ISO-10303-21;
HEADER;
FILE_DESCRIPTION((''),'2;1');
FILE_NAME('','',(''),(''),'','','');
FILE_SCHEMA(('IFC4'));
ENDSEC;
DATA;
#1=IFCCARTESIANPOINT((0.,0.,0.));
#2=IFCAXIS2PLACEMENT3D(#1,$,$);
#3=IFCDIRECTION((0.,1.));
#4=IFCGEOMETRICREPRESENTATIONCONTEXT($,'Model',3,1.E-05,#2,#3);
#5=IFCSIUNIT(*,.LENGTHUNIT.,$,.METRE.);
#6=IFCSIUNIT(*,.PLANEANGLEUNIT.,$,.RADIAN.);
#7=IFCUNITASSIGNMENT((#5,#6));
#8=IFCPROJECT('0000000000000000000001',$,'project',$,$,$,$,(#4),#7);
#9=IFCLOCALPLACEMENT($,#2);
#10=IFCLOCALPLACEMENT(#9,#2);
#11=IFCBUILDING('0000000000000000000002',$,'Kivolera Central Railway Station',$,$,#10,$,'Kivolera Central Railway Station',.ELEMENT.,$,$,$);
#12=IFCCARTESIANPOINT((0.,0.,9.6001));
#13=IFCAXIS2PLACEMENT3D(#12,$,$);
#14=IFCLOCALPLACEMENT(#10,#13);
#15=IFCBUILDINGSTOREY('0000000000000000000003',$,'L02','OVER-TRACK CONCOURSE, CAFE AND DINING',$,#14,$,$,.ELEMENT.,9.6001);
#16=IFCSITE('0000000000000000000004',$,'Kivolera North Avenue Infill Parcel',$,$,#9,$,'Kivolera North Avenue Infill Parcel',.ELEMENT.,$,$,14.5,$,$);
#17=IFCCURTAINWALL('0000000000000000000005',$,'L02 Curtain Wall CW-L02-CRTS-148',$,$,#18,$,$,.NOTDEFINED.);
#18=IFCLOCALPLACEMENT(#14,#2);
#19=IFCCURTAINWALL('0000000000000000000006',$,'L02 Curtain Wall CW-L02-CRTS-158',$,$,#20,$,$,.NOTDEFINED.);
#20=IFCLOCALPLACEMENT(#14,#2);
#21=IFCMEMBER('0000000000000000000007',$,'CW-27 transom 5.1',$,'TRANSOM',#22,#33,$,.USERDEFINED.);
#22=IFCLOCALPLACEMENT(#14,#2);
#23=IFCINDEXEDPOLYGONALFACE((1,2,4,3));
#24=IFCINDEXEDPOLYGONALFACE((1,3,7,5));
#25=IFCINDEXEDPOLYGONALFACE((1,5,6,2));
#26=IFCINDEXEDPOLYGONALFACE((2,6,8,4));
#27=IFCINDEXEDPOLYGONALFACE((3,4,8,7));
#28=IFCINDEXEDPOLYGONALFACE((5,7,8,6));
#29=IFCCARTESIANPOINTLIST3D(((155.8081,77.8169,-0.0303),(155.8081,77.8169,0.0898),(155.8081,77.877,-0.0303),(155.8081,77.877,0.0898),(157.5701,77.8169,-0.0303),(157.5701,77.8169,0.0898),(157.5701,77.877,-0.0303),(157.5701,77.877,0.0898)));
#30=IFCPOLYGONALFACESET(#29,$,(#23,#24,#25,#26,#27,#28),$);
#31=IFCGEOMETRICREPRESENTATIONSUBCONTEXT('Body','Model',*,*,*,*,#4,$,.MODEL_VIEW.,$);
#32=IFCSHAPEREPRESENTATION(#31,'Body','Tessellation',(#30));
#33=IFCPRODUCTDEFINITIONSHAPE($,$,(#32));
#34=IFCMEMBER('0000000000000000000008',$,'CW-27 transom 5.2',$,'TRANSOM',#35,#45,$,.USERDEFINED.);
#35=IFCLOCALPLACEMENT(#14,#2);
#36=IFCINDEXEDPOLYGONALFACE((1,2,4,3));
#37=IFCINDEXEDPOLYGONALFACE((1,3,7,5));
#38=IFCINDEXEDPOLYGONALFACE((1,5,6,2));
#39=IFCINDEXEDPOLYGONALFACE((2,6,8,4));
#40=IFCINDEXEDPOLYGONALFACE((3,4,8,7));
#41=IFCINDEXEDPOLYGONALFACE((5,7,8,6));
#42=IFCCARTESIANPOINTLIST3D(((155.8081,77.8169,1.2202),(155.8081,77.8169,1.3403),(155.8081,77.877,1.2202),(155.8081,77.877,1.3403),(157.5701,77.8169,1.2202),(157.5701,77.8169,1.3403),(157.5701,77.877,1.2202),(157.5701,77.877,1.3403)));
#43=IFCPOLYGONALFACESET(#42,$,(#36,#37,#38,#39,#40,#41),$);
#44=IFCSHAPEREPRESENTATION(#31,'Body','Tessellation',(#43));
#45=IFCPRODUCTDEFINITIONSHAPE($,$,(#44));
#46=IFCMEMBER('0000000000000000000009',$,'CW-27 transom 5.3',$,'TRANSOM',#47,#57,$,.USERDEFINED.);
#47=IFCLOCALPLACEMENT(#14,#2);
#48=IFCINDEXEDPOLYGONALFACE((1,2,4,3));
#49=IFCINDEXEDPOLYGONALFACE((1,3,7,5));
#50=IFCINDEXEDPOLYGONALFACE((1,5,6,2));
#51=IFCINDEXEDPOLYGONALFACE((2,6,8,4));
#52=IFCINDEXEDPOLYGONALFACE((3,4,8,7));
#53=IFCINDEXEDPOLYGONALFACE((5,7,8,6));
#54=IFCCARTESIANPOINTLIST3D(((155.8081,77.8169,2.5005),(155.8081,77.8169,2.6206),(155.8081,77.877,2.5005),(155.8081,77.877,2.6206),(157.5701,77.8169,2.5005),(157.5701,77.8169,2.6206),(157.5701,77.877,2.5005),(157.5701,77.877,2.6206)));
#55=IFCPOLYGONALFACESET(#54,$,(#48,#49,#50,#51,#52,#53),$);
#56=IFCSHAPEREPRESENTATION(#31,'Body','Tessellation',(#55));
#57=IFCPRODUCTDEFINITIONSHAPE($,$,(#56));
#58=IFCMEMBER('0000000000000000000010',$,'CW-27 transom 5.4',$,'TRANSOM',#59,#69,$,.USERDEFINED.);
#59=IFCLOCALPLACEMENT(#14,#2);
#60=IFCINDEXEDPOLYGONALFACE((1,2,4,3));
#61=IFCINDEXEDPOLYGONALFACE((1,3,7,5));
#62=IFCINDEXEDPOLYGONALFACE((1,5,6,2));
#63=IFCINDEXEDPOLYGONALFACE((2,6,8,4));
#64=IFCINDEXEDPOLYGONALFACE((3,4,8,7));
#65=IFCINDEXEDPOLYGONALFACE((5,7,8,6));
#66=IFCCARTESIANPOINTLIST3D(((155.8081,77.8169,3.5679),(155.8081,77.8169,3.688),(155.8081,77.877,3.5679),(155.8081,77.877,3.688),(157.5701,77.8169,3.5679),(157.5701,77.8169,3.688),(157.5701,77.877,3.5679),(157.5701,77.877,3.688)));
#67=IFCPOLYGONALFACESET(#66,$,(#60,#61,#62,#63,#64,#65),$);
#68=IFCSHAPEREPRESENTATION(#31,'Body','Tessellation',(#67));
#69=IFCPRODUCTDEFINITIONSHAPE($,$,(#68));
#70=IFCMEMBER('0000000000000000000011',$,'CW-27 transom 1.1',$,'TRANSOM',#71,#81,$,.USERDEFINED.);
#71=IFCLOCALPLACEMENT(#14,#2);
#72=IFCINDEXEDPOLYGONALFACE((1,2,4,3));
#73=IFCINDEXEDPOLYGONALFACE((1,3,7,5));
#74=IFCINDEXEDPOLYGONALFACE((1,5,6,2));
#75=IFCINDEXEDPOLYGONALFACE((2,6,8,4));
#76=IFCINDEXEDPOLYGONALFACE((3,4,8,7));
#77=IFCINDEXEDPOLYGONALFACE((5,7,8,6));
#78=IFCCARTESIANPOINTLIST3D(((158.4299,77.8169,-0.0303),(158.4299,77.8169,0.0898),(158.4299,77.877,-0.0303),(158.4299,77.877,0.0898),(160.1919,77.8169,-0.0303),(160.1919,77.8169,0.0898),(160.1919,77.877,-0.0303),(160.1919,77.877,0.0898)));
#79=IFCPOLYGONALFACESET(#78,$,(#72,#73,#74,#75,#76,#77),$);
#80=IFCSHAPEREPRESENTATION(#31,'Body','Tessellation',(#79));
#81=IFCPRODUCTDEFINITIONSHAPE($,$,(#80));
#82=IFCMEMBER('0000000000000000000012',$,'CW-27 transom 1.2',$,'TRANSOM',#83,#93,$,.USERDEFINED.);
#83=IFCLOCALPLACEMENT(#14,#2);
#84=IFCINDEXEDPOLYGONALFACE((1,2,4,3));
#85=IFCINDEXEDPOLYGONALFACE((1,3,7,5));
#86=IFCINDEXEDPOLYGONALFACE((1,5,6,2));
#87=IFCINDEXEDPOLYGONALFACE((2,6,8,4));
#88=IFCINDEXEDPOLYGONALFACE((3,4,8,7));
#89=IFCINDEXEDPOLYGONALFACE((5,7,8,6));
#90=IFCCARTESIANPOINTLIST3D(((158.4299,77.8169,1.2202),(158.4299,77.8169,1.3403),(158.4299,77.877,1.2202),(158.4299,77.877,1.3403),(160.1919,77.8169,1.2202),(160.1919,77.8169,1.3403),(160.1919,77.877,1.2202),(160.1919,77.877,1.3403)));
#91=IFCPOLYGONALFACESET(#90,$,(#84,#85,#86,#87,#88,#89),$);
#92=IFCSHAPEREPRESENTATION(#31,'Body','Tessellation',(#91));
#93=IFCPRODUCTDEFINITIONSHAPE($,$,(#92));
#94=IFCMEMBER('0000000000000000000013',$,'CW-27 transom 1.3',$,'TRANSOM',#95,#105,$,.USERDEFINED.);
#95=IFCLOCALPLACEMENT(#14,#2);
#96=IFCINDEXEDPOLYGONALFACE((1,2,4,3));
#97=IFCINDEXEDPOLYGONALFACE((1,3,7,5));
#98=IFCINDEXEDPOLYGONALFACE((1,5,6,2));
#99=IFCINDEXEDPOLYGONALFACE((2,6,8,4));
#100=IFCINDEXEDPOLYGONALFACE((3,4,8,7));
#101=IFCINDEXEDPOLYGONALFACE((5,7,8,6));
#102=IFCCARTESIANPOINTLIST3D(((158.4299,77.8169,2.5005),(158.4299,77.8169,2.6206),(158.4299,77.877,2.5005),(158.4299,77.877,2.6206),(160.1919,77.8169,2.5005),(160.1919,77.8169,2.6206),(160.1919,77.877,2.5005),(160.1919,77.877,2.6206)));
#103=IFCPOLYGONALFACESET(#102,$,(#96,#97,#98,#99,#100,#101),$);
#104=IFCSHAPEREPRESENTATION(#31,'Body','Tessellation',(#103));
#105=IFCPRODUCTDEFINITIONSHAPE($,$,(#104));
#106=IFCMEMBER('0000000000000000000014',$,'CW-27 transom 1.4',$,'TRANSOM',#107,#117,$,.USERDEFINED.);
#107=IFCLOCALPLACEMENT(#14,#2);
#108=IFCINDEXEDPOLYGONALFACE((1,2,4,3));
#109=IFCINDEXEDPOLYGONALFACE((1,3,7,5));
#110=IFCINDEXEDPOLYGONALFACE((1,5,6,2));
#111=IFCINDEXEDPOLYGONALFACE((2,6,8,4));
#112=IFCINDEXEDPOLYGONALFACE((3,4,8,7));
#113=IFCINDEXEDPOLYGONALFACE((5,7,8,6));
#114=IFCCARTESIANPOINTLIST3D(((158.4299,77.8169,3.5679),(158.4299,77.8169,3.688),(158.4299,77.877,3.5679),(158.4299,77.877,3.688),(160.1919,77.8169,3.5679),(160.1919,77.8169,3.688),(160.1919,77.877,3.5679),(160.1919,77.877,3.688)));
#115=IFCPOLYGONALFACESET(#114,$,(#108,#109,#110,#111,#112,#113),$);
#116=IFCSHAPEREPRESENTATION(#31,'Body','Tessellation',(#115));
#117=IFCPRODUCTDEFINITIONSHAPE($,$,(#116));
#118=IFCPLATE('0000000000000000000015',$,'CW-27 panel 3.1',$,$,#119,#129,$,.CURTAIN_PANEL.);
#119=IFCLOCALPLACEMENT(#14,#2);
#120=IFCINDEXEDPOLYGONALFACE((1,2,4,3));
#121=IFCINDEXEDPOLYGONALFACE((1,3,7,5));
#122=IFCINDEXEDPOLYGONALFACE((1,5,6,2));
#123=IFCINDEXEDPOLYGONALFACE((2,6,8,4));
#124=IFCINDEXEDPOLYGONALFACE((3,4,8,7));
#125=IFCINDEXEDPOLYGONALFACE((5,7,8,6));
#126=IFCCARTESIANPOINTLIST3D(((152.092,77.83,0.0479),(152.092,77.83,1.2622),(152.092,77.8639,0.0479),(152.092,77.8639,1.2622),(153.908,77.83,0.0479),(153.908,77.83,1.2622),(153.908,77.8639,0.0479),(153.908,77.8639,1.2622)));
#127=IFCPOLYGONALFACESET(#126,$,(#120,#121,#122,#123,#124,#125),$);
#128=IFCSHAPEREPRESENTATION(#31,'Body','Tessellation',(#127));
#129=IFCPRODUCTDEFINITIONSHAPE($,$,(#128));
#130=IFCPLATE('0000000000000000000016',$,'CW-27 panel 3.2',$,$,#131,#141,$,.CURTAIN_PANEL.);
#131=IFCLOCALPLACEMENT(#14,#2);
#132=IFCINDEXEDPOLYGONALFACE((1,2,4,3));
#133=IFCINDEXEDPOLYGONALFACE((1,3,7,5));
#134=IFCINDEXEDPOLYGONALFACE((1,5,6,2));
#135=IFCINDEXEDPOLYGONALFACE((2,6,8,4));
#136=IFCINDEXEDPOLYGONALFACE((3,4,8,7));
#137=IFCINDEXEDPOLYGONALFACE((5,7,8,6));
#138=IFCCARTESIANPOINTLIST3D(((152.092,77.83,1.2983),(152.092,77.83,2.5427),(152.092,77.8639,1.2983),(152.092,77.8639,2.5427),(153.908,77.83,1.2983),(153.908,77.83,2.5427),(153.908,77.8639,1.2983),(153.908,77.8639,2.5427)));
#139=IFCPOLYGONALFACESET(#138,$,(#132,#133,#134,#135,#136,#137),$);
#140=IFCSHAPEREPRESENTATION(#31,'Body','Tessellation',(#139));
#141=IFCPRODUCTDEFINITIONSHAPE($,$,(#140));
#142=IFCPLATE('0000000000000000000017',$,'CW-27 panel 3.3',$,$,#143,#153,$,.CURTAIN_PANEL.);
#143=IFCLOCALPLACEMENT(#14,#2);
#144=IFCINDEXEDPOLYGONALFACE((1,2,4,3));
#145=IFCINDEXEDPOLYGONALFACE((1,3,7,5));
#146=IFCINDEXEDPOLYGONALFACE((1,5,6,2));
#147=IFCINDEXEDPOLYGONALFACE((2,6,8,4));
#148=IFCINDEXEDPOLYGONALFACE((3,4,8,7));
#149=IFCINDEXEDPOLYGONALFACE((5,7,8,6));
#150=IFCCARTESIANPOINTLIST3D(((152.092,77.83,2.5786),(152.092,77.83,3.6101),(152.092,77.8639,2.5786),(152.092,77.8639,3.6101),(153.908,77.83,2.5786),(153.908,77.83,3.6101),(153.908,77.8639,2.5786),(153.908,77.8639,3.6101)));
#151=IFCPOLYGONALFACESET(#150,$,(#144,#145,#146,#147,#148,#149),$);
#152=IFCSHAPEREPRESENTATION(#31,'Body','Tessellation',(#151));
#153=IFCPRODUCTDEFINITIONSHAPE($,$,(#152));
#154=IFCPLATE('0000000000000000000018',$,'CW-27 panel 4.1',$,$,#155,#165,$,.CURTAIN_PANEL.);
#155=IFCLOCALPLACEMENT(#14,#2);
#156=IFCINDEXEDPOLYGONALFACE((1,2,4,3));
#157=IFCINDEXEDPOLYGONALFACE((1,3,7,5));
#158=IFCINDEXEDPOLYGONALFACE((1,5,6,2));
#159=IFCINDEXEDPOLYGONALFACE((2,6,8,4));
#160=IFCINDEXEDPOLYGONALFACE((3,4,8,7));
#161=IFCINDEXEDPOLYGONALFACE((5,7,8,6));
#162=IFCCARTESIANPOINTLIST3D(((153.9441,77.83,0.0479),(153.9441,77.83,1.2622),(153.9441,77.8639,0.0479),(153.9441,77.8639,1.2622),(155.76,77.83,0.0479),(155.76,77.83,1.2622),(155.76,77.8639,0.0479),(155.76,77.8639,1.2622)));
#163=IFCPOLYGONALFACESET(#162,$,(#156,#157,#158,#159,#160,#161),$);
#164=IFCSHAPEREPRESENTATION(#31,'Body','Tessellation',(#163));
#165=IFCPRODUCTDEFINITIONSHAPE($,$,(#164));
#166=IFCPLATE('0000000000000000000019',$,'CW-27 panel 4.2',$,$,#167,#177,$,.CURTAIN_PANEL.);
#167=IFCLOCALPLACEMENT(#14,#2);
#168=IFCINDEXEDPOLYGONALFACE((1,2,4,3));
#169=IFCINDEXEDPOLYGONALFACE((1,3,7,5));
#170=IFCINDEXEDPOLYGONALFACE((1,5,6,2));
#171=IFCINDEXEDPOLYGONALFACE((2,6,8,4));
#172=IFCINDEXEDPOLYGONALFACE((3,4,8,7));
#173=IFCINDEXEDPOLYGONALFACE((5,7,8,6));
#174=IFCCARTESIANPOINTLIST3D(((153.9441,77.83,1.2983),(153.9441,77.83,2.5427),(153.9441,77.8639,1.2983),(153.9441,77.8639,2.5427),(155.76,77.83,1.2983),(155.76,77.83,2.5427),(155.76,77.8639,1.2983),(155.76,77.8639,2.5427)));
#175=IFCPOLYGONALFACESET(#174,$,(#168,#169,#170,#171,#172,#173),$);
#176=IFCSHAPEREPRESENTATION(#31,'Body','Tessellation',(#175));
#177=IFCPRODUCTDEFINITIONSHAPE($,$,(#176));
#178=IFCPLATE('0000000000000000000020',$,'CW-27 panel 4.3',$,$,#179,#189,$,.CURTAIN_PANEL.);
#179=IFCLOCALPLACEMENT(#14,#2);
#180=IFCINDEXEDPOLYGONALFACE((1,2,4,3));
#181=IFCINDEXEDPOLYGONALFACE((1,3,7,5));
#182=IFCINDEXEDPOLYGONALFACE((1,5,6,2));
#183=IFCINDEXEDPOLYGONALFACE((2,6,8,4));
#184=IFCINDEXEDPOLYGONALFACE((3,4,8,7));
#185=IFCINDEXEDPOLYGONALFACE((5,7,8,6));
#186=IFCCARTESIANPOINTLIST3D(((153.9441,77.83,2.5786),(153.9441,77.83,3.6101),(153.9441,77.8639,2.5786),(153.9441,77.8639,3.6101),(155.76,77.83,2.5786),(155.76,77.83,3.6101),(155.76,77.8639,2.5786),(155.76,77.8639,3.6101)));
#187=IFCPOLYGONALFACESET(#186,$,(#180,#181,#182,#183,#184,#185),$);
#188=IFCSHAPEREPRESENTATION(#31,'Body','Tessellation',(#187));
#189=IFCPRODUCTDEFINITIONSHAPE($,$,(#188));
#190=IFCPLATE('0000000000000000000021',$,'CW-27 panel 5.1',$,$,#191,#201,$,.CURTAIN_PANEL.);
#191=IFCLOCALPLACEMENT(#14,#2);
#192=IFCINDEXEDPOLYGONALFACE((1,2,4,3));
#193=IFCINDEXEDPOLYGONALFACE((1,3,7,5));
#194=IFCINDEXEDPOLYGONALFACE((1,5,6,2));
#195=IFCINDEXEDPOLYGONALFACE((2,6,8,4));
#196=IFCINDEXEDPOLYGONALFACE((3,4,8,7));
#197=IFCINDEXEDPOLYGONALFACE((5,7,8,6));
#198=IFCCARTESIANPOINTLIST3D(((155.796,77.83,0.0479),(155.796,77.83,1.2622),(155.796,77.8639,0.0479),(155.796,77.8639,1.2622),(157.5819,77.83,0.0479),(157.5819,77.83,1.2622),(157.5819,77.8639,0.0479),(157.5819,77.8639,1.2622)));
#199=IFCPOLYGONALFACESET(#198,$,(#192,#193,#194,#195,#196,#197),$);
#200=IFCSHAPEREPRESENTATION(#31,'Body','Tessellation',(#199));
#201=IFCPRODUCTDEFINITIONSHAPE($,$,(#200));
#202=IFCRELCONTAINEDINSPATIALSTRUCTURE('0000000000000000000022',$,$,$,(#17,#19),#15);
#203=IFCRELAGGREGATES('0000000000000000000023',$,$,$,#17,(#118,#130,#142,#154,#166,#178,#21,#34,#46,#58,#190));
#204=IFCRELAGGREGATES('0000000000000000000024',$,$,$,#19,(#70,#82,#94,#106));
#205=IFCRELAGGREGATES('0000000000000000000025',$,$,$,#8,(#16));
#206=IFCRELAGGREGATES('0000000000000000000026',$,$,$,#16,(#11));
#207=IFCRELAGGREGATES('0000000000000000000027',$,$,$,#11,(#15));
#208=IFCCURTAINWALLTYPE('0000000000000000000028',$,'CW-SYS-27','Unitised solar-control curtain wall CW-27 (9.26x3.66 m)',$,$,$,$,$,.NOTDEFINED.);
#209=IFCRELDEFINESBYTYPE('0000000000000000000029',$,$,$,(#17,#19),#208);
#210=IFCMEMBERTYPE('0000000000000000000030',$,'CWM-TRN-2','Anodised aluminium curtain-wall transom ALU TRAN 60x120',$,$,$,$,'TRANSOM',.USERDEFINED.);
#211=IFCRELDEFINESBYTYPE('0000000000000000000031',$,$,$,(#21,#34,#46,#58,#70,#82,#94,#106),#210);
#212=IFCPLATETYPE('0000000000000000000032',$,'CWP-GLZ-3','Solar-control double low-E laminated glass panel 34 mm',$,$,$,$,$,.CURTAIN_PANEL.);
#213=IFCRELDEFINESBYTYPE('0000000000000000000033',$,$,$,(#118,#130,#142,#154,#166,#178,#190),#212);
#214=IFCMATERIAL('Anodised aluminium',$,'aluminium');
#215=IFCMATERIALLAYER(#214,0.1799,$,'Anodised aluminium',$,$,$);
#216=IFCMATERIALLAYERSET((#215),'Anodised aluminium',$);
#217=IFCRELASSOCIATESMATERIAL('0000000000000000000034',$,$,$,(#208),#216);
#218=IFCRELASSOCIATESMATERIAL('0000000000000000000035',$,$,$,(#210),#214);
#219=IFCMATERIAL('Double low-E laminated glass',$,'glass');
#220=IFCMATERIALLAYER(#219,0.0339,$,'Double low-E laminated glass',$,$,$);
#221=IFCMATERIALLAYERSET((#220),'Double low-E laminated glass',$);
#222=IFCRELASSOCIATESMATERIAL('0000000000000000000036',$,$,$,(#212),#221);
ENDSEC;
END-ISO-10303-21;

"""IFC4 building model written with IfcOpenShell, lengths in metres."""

from ifc_helpers import new_model, si_unit, direction, frame, origin, origin_2d, place, context, subcontext, project, spatial, rectangle, extrude, material, layer, layer_set, material_profile, profile_set, type_object, element, aggregate, save


model = new_model("IFC4")

# Units and contexts
model_context = context("Model", 3, precision=1e-05, world=origin(), true_north=direction((0.0, 1.0)))
body_context = subcontext(model_context, "Body", "Model", "MODEL_VIEW")
ifc_project = project(units=[si_unit("LENGTHUNIT", "METRE"), si_unit("PLANEANGLEUNIT", "RADIAN")], contexts=[model_context])

# Site, building, storey
site_placement = place(None, origin())
site = spatial("IfcSite", under=ifc_project, at=site_placement, Name="Kivolera North Avenue Infill Parcel", LongName="Kivolera North Avenue Infill Parcel", CompositionType="ELEMENT", RefElevation=14.5)
building_placement = place(site_placement, origin())
building = spatial("IfcBuilding", under=site, at=building_placement, Name="Kivolera Central Railway Station", LongName="Kivolera Central Railway Station", CompositionType="ELEMENT")
storey_placement = place(building_placement, frame((0.0, 0.0, 9.6001)))
storey = spatial("IfcBuildingStorey", under=building, at=storey_placement, Name="L02", Description="OVER-TRACK CONCOURSE, CAFE AND DINING", CompositionType="ELEMENT", Elevation=9.6001)

# Curtain wall
ifc_material_1 = material(Name="Anodised aluminium", Category="aluminium")
ifc_layer_1 = layer(ifc_material_1, 0.1799, Name="Anodised aluminium")
ifc_layer_set_1 = layer_set([ifc_layer_1], Name="Anodised aluminium")
curtain_wall_type = type_object("IfcCurtainWallType", Name="CW-SYS-27", Description="Unitised solar-control curtain wall CW-27 (9.26x3.66 m)", PredefinedType="NOTDEFINED", material=ifc_layer_set_1)
curtain_wall_1_placement = place(storey_placement, origin())
curtain_wall_1 = element("IfcCurtainWall", 1, at=curtain_wall_1_placement, inside=storey, type_object=curtain_wall_type, Name="L02 Curtain Wall CW-L02-CRTS-148", PredefinedType="NOTDEFINED")

# Curtain wall
curtain_wall_2_placement = place(storey_placement, origin())
curtain_wall_2 = element("IfcCurtainWall", 2, at=curtain_wall_2_placement, inside=storey, type_object=curtain_wall_type, Name="L02 Curtain Wall CW-L02-CRTS-158", PredefinedType="NOTDEFINED")

# Members
ifc_material_profile_1 = material_profile(ifc_material_1, rectangle(XDim=0.0601, YDim=0.1201, at=origin_2d()), Name="ALU TRAN 60x120")
ifc_profile_set_1 = profile_set([ifc_material_profile_1], Name="Anodised aluminium")
member_type_1 = type_object("IfcMemberType", Name="CWM-TRN-2", Description="Anodised aluminium curtain-wall transom ALU TRAN 60x120", ElementType="TRANSOM", PredefinedType="USERDEFINED", material=ifc_profile_set_1)
member_1_placement = place(storey_placement, frame((155.8081, 77.8469, 0.0298), z_axis=(1.0, 0.0, 0.0), x_axis=(0.0, 1.0, 0.0)))
member_1 = element("IfcMember", 3, at=member_1_placement, type_object=member_type_1, Name="CW-27 transom 5.1", ObjectType="TRANSOM", PredefinedType="USERDEFINED", context=body_context, shape_type="SweptSolid", body=[
    extrude(rectangle(XDim=0.0601, YDim=0.1201, at=origin_2d()), origin(), (0.0, 0.0, 1.0), 1.762),
])
member_2_placement = place(storey_placement, frame((155.8081, 77.8469, 1.2803), z_axis=(1.0, 0.0, 0.0), x_axis=(0.0, 1.0, 0.0)))
member_2 = element("IfcMember", 4, at=member_2_placement, type_object=member_type_1, Name="CW-27 transom 5.2", ObjectType="TRANSOM", PredefinedType="USERDEFINED", context=body_context, shape_type="SweptSolid", body=[
    extrude(rectangle(XDim=0.0601, YDim=0.1201, at=origin_2d()), origin(), (0.0, 0.0, 1.0), 1.762),
])
member_3_placement = place(storey_placement, frame((155.8081, 77.8469, 2.5605), z_axis=(1.0, 0.0, 0.0), x_axis=(0.0, 1.0, 0.0)))
member_3 = element("IfcMember", 5, at=member_3_placement, type_object=member_type_1, Name="CW-27 transom 5.3", ObjectType="TRANSOM", PredefinedType="USERDEFINED", context=body_context, shape_type="SweptSolid", body=[
    extrude(rectangle(XDim=0.0601, YDim=0.1201, at=origin_2d()), origin(), (0.0, 0.0, 1.0), 1.762),
])
member_4_placement = place(storey_placement, frame((155.8081, 77.8469, 3.6279), z_axis=(1.0, 0.0, 0.0), x_axis=(0.0, 1.0, 0.0)))
member_4 = element("IfcMember", 6, at=member_4_placement, type_object=member_type_1, Name="CW-27 transom 5.4", ObjectType="TRANSOM", PredefinedType="USERDEFINED", context=body_context, shape_type="SweptSolid", body=[
    extrude(rectangle(XDim=0.0601, YDim=0.1201, at=origin_2d()), origin(), (0.0, 0.0, 1.0), 1.762),
])
member_5_placement = place(storey_placement, frame((158.4299, 77.8469, 0.0298), z_axis=(1.0, 0.0, 0.0), x_axis=(0.0, 1.0, 0.0)))
member_5 = element("IfcMember", 7, at=member_5_placement, type_object=member_type_1, Name="CW-27 transom 1.1", ObjectType="TRANSOM", PredefinedType="USERDEFINED", context=body_context, shape_type="SweptSolid", body=[
    extrude(rectangle(XDim=0.0601, YDim=0.1201, at=origin_2d()), origin(), (0.0, 0.0, 1.0), 1.762),
])
member_6_placement = place(storey_placement, frame((158.4299, 77.8469, 1.2803), z_axis=(1.0, 0.0, 0.0), x_axis=(0.0, 1.0, 0.0)))
member_6 = element("IfcMember", 8, at=member_6_placement, type_object=member_type_1, Name="CW-27 transom 1.2", ObjectType="TRANSOM", PredefinedType="USERDEFINED", context=body_context, shape_type="SweptSolid", body=[
    extrude(rectangle(XDim=0.0601, YDim=0.1201, at=origin_2d()), origin(), (0.0, 0.0, 1.0), 1.762),
])
member_7_placement = place(storey_placement, frame((158.4299, 77.8469, 2.5605), z_axis=(1.0, 0.0, 0.0), x_axis=(0.0, 1.0, 0.0)))
member_7 = element("IfcMember", 9, at=member_7_placement, type_object=member_type_1, Name="CW-27 transom 1.3", ObjectType="TRANSOM", PredefinedType="USERDEFINED", context=body_context, shape_type="SweptSolid", body=[
    extrude(rectangle(XDim=0.0601, YDim=0.1201, at=origin_2d()), origin(), (0.0, 0.0, 1.0), 1.762),
])
member_8_placement = place(storey_placement, frame((158.4299, 77.8469, 3.6279), z_axis=(1.0, 0.0, 0.0), x_axis=(0.0, 1.0, 0.0)))
member_8 = element("IfcMember", 10, at=member_8_placement, type_object=member_type_1, Name="CW-27 transom 1.4", ObjectType="TRANSOM", PredefinedType="USERDEFINED", context=body_context, shape_type="SweptSolid", body=[
    extrude(rectangle(XDim=0.0601, YDim=0.1201, at=origin_2d()), origin(), (0.0, 0.0, 1.0), 1.762),
])

# Plates
ifc_material_2 = material(Name="Double low-E laminated glass", Category="glass")
ifc_layer_2 = layer(ifc_material_2, 0.0339, Name="Double low-E laminated glass")
ifc_layer_set_2 = layer_set([ifc_layer_2], Name="Double low-E laminated glass")
plate_type = type_object("IfcPlateType", Name="CWP-GLZ-3", Description="Solar-control double low-E laminated glass panel 34 mm", PredefinedType="CURTAIN_PANEL", material=ifc_layer_set_2)
plate_1_placement = place(storey_placement, frame((153.0, 77.8469, 0.0479), z_axis=(0.0, 0.0, 1.0), x_axis=(1.0, 0.0, 0.0)))
plate_1 = element("IfcPlate", 11, at=plate_1_placement, type_object=plate_type, Name="CW-27 panel 3.1", PredefinedType="CURTAIN_PANEL", context=body_context, shape_type="SweptSolid", body=[
    extrude(rectangle(XDim=1.8159, YDim=0.0339, at=origin_2d()), origin(), (0.0, 0.0, 1.0), 1.2144),
])
plate_2_placement = place(storey_placement, frame((153.0, 77.8469, 1.2983), z_axis=(0.0, 0.0, 1.0), x_axis=(1.0, 0.0, 0.0)))
plate_2 = element("IfcPlate", 12, at=plate_2_placement, type_object=plate_type, Name="CW-27 panel 3.2", PredefinedType="CURTAIN_PANEL", context=body_context, shape_type="SweptSolid", body=[
    extrude(rectangle(XDim=1.8159, YDim=0.0339, at=origin_2d()), origin(), (0.0, 0.0, 1.0), 1.2444),
])
plate_3_placement = place(storey_placement, frame((153.0, 77.8469, 2.5786), z_axis=(0.0, 0.0, 1.0), x_axis=(1.0, 0.0, 0.0)))
plate_3 = element("IfcPlate", 13, at=plate_3_placement, type_object=plate_type, Name="CW-27 panel 3.3", PredefinedType="CURTAIN_PANEL", context=body_context, shape_type="SweptSolid", body=[
    extrude(rectangle(XDim=1.8159, YDim=0.0339, at=origin_2d()), origin(), (0.0, 0.0, 1.0), 1.0315),
])
plate_4_placement = place(storey_placement, frame((154.8521, 77.8469, 0.0479), z_axis=(0.0, 0.0, 1.0), x_axis=(1.0, 0.0, 0.0)))
plate_4 = element("IfcPlate", 14, at=plate_4_placement, type_object=plate_type, Name="CW-27 panel 4.1", PredefinedType="CURTAIN_PANEL", context=body_context, shape_type="SweptSolid", body=[
    extrude(rectangle(XDim=1.8159, YDim=0.0339, at=origin_2d()), origin(), (0.0, 0.0, 1.0), 1.2144),
])
plate_5_placement = place(storey_placement, frame((154.8521, 77.8469, 1.2983), z_axis=(0.0, 0.0, 1.0), x_axis=(1.0, 0.0, 0.0)))
plate_5 = element("IfcPlate", 15, at=plate_5_placement, type_object=plate_type, Name="CW-27 panel 4.2", PredefinedType="CURTAIN_PANEL", context=body_context, shape_type="SweptSolid", body=[
    extrude(rectangle(XDim=1.8159, YDim=0.0339, at=origin_2d()), origin(), (0.0, 0.0, 1.0), 1.2444),
])
plate_6_placement = place(storey_placement, frame((154.8521, 77.8469, 2.5786), z_axis=(0.0, 0.0, 1.0), x_axis=(1.0, 0.0, 0.0)))
plate_6 = element("IfcPlate", 16, at=plate_6_placement, type_object=plate_type, Name="CW-27 panel 4.3", PredefinedType="CURTAIN_PANEL", context=body_context, shape_type="SweptSolid", body=[
    extrude(rectangle(XDim=1.8159, YDim=0.0339, at=origin_2d()), origin(), (0.0, 0.0, 1.0), 1.0315),
])
plate_7_placement = place(storey_placement, frame((156.689, 77.8469, 0.0479), z_axis=(0.0, 0.0, 1.0), x_axis=(1.0, 0.0, 0.0)))
plate_7 = element("IfcPlate", 17, at=plate_7_placement, type_object=plate_type, Name="CW-27 panel 5.1", PredefinedType="CURTAIN_PANEL", context=body_context, shape_type="SweptSolid", body=[
    extrude(rectangle(XDim=1.7859, YDim=0.0339, at=origin_2d()), origin(), (0.0, 0.0, 1.0), 1.2144),
])
aggregate(curtain_wall_1, [plate_1, plate_2, plate_3, plate_4, plate_5, plate_6, member_1, member_2, member_3, member_4, plate_7])
aggregate(curtain_wall_2, [member_5, member_6, member_7, member_8])

save(model, "model.ifc")
